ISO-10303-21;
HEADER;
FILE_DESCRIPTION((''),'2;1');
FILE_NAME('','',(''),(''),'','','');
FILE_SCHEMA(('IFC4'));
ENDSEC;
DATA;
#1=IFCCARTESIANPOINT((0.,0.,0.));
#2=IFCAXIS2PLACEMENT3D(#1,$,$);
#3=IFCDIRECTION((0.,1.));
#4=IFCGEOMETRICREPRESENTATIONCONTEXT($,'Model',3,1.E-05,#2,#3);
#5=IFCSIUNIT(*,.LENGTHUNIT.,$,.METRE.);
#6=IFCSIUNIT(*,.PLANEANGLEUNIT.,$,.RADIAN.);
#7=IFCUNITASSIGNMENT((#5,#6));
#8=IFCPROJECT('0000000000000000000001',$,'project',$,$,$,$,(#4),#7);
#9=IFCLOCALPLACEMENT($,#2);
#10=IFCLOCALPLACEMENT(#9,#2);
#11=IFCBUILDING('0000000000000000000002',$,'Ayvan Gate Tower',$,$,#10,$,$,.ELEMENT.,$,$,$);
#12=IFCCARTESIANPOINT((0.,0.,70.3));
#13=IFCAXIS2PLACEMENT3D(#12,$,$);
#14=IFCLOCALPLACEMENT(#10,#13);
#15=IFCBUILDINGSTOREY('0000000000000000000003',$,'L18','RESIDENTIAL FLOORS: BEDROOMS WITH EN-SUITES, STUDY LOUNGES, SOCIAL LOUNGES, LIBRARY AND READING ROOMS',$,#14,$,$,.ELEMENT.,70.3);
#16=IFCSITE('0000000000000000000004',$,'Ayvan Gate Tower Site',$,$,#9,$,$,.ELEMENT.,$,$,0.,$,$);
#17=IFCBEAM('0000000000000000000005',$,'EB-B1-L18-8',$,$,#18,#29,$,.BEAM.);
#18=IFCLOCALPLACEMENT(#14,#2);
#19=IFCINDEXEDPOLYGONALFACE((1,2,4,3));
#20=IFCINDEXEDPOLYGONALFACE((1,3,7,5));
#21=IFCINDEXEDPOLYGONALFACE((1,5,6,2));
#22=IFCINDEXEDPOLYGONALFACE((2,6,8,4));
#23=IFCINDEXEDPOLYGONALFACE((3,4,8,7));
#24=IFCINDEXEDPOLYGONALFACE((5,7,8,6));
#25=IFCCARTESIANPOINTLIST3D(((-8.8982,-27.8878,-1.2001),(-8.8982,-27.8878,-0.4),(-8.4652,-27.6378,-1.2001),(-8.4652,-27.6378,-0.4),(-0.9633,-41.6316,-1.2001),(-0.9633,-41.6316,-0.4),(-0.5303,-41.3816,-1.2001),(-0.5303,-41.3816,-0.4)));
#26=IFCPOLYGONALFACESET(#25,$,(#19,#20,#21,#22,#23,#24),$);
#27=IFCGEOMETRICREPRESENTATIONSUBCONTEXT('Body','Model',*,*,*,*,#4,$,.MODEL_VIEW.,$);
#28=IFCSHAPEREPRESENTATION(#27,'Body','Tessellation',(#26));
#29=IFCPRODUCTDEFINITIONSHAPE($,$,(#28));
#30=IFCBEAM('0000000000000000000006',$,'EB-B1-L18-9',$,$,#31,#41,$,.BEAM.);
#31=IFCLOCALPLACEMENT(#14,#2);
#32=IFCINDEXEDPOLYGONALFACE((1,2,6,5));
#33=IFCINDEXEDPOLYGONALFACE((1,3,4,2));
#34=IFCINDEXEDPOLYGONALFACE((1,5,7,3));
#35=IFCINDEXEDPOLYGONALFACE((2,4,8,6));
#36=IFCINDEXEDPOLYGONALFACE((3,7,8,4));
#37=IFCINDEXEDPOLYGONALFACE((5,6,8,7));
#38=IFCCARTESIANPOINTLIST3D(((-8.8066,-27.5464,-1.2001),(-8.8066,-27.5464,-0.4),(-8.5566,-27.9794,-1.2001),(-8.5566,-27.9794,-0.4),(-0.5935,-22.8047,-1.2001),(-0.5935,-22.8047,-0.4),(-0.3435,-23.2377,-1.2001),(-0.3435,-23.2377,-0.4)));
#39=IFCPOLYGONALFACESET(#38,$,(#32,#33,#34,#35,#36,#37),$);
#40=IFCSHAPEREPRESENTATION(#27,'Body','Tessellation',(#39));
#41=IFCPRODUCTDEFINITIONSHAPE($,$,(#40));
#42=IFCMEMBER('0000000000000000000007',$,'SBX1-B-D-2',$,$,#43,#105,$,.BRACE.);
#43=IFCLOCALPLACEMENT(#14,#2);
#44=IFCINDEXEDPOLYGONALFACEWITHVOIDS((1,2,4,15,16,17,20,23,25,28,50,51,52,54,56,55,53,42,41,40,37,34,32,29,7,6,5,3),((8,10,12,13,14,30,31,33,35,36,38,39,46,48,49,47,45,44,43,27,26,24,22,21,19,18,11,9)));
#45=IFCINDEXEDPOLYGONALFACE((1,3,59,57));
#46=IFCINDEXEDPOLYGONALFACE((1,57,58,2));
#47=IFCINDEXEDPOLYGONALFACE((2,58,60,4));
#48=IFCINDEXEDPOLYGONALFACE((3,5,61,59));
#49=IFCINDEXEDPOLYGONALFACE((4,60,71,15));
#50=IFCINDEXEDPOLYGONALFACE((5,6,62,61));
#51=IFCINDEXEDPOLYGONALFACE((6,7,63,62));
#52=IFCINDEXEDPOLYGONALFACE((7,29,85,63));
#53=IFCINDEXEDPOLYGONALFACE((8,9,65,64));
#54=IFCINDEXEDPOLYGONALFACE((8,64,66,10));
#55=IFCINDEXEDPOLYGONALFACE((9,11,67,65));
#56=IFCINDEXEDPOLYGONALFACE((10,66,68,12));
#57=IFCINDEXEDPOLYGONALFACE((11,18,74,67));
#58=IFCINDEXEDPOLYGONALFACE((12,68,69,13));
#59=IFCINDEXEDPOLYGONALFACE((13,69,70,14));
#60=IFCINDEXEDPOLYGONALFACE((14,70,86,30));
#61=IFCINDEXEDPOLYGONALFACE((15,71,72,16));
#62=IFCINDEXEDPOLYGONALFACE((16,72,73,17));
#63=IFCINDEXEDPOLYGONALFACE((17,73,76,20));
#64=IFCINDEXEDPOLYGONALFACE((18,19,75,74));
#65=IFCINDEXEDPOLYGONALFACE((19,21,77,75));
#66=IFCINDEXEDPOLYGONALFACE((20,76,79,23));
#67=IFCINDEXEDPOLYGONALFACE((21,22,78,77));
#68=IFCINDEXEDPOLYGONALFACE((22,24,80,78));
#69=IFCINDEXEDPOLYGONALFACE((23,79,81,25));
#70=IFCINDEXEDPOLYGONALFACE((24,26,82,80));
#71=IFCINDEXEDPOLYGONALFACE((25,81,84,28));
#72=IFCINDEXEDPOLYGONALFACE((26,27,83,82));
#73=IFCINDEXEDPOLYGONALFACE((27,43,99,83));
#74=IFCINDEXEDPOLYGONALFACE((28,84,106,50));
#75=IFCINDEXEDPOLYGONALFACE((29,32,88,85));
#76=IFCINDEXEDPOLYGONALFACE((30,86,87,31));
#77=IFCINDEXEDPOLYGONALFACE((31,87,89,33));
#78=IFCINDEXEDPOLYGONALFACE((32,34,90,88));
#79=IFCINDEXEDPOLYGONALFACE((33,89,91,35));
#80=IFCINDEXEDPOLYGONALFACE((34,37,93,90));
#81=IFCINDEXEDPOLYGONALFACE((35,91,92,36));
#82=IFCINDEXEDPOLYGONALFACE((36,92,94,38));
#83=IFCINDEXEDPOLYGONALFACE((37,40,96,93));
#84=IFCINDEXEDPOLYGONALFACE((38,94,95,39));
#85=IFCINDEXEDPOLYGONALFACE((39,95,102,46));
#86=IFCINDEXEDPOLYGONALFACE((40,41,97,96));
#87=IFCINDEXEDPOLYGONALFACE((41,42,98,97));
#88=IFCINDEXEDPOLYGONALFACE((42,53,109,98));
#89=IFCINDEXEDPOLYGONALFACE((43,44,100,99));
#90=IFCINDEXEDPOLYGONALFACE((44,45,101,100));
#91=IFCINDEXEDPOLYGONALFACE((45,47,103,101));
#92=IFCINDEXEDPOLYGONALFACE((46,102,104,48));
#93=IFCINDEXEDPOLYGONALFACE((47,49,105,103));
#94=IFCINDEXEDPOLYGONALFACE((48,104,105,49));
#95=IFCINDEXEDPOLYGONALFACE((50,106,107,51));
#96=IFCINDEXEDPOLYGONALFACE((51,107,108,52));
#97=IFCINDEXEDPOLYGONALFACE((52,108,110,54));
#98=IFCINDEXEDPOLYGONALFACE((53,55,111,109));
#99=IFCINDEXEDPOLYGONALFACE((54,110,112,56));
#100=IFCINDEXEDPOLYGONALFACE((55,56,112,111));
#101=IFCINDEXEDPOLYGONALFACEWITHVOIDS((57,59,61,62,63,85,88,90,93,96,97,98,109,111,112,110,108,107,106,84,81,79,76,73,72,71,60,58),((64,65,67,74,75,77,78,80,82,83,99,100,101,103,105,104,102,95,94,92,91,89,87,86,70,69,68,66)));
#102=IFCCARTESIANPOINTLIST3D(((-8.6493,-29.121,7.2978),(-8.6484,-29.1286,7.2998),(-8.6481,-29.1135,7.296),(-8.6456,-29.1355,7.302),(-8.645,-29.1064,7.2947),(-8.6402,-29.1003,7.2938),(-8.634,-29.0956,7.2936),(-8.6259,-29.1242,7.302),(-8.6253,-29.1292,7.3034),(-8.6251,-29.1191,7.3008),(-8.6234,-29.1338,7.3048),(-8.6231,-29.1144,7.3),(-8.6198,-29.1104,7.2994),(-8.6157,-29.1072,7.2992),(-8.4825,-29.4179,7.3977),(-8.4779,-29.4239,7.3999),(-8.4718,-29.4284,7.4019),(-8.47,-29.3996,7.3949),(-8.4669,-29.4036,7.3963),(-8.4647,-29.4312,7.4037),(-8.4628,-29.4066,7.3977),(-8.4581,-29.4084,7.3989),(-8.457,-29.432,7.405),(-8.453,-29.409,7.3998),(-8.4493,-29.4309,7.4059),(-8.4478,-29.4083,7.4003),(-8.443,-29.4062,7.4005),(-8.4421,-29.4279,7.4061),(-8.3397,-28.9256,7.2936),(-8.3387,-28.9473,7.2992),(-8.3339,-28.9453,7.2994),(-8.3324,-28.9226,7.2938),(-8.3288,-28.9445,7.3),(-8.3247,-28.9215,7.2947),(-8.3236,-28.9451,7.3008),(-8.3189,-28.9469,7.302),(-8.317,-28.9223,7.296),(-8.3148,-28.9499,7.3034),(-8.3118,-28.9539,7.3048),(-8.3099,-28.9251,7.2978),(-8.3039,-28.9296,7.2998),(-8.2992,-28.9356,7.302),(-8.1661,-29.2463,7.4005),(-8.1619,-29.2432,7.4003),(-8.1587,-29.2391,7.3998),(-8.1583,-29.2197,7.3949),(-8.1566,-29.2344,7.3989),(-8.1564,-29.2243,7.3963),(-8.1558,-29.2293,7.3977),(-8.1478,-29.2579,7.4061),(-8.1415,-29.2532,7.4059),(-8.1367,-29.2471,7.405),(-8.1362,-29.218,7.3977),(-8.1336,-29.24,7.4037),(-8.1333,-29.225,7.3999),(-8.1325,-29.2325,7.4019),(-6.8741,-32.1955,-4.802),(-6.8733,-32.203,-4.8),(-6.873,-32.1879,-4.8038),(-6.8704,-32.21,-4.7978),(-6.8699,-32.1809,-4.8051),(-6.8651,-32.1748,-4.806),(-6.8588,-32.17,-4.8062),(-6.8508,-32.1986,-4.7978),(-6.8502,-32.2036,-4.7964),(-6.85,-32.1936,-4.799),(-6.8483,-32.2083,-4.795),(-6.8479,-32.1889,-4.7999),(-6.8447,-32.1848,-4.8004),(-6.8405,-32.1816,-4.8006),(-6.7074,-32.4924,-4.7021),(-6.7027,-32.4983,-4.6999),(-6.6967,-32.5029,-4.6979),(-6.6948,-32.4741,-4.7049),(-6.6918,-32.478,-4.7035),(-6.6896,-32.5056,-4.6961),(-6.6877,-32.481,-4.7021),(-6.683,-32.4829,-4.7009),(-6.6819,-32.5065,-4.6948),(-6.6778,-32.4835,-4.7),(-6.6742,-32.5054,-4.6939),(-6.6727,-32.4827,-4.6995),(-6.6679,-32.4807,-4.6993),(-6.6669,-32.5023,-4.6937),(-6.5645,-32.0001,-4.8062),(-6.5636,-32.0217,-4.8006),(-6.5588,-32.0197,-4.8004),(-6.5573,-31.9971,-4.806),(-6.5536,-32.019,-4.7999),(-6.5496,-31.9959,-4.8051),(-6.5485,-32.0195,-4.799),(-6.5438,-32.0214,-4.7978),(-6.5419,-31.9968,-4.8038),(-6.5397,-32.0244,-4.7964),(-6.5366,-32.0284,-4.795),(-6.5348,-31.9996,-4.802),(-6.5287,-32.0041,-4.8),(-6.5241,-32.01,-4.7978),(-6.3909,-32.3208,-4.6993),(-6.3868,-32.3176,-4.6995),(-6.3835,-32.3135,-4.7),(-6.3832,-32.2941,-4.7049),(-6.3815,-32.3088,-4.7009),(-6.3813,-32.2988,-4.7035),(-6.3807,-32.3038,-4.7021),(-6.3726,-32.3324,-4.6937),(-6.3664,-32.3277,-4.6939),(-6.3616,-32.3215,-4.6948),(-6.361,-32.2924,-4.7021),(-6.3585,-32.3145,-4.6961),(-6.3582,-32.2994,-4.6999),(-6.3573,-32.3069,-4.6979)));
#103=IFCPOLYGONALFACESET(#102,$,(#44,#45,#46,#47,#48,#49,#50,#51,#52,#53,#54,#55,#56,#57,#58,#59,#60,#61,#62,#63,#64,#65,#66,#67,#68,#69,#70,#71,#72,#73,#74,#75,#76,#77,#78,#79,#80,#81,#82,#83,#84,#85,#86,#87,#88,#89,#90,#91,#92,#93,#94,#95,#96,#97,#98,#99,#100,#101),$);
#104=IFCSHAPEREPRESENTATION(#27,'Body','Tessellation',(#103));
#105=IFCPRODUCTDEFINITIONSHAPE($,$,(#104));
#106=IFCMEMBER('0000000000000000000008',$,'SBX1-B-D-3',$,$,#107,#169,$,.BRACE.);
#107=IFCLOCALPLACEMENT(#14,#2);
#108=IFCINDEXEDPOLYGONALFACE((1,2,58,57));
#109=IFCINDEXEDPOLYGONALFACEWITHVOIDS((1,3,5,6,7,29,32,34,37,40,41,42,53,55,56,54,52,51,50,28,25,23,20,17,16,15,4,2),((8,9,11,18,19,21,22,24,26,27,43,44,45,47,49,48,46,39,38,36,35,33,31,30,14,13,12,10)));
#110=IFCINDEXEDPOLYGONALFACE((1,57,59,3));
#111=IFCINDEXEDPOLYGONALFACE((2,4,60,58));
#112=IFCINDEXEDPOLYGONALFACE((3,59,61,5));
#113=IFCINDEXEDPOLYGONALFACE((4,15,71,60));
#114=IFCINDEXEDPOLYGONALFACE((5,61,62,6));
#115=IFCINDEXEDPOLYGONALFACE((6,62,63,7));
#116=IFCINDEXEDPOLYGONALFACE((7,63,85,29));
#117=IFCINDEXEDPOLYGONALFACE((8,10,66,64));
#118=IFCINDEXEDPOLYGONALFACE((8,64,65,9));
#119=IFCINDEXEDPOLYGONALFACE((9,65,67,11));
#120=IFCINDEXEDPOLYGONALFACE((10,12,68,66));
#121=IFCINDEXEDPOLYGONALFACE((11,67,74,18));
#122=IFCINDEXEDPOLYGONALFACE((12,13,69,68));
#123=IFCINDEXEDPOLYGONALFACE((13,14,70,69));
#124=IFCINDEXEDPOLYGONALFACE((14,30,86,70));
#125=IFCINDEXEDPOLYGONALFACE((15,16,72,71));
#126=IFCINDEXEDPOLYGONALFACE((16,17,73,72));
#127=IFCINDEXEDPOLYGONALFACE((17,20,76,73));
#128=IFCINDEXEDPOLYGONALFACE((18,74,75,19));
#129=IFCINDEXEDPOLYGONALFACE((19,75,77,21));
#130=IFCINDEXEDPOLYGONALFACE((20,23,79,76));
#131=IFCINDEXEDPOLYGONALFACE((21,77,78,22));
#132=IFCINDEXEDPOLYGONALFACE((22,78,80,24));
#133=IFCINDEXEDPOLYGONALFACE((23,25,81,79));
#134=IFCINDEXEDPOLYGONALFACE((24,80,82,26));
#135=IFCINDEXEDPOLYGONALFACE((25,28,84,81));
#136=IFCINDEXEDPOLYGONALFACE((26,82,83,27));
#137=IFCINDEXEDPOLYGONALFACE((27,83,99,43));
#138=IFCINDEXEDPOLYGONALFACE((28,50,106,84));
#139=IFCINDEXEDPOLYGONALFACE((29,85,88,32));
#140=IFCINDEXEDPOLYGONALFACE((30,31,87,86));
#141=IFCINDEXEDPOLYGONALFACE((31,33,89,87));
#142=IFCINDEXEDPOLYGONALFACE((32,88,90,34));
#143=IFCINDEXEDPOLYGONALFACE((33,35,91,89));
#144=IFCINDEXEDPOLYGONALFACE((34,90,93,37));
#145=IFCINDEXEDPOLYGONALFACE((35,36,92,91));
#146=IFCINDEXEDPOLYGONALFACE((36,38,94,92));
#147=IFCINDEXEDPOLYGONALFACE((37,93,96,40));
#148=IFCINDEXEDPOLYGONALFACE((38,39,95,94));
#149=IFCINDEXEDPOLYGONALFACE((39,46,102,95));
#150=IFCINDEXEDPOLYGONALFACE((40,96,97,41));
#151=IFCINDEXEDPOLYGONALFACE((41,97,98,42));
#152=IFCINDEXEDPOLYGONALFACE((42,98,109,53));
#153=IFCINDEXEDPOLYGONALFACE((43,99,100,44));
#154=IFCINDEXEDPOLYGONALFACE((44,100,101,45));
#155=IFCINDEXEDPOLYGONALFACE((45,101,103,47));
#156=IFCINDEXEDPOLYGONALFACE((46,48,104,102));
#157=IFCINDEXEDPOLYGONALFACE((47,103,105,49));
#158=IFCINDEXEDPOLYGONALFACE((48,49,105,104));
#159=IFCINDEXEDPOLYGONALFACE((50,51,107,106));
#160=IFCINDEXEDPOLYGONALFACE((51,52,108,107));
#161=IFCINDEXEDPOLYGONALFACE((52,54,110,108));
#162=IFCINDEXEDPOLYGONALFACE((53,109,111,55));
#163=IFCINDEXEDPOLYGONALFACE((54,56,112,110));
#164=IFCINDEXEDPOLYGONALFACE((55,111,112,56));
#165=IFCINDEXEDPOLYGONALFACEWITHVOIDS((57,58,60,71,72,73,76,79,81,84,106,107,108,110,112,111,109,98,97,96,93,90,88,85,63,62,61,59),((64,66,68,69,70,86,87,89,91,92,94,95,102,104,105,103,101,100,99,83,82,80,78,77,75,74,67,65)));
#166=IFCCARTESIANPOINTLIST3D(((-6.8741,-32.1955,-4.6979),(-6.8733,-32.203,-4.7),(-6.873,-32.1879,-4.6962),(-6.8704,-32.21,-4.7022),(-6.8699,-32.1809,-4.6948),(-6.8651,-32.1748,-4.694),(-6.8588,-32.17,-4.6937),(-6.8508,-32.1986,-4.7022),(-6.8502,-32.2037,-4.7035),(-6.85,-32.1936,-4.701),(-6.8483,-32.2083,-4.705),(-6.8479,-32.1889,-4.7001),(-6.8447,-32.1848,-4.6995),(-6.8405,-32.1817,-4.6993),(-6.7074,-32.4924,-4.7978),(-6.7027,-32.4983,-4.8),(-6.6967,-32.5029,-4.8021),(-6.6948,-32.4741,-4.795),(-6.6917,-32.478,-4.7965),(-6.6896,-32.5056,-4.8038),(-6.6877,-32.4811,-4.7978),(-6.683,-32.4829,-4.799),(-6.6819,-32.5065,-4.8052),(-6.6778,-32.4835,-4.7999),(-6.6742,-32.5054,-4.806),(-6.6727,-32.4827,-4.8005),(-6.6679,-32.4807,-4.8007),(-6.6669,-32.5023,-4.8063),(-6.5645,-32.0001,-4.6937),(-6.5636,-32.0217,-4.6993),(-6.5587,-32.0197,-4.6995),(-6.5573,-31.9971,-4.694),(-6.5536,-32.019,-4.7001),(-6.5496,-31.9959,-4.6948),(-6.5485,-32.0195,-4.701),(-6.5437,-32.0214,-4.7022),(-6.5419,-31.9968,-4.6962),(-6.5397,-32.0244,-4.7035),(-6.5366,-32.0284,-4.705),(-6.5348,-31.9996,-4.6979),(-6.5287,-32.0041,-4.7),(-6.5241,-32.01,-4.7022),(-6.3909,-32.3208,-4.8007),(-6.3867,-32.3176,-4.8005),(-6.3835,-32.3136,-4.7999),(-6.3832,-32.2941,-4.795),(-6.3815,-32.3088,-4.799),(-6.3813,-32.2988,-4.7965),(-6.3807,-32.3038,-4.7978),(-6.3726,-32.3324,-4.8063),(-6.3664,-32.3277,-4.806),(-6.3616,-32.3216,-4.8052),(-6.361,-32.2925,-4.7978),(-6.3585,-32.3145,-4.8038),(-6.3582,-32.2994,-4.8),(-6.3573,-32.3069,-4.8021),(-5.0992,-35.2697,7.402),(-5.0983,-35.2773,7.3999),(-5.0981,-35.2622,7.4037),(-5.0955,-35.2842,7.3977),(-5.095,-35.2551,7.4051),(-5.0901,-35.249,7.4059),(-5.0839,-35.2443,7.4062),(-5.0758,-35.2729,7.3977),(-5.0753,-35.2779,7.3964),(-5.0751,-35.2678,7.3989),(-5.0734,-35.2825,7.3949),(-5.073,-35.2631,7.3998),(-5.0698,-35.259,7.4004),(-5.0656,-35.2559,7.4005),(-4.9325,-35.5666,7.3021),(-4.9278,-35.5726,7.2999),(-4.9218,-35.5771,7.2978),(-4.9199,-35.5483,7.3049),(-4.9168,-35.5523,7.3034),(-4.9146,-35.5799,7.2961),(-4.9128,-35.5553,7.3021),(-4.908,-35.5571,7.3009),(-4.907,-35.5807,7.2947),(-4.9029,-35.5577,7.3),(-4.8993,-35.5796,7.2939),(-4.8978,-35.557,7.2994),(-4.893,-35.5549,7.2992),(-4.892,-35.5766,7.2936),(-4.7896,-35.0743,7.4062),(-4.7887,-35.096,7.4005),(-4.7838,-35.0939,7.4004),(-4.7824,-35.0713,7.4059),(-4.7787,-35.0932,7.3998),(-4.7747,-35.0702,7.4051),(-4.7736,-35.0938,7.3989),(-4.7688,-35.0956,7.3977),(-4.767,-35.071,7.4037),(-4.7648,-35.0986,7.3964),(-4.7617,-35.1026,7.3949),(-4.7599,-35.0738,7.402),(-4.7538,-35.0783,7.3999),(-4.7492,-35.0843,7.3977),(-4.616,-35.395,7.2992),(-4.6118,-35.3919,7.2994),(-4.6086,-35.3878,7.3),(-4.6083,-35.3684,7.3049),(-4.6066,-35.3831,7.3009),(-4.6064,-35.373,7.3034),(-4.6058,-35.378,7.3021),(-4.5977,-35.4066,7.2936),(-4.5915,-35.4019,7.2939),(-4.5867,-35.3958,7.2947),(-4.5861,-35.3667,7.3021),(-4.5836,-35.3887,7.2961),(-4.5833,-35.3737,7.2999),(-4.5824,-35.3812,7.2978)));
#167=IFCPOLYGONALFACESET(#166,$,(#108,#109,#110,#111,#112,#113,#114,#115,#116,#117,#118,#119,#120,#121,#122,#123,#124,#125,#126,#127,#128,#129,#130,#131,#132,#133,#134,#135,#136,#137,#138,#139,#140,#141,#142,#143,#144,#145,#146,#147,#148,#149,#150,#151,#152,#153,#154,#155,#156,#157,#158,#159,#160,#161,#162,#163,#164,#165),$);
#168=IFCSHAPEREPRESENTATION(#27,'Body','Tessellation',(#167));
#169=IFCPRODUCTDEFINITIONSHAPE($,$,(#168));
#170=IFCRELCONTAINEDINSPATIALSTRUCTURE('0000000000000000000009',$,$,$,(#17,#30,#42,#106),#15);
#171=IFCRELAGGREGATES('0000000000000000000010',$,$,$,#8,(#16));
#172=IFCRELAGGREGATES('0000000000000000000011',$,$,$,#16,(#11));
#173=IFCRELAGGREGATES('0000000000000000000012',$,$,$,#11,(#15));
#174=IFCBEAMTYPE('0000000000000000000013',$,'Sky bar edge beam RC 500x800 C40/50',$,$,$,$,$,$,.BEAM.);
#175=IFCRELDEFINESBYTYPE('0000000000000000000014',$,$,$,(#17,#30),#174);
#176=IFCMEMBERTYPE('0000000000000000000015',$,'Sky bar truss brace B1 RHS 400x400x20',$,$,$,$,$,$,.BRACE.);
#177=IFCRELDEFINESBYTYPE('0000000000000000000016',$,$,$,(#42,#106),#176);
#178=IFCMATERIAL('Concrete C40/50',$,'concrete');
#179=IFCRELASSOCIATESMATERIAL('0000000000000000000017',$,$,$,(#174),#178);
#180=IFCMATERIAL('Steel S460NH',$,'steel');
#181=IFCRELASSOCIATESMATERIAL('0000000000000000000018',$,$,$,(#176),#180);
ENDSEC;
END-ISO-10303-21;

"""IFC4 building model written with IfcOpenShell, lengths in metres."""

from ifc_helpers import new_model, si_unit, direction, frame, origin, origin_2d, place, context, subcontext, project, spatial, rectangle, hollow_rectangle, extrude, material, material_profile, profile_set, type_object, element, save


model = new_model("IFC4")

# Units and contexts
model_context = context("Model", 3, precision=1e-05, world=origin(), true_north=direction((0.0, 1.0)))
body_context = subcontext(model_context, "Body", "Model", "MODEL_VIEW")
ifc_project = project(units=[si_unit("LENGTHUNIT", "METRE"), si_unit("PLANEANGLEUNIT", "RADIAN")], contexts=[model_context])

# Site, building, storey
site_placement = place(None, origin())
site = spatial("IfcSite", under=ifc_project, at=site_placement, Name="Ayvan Gate Tower Site", CompositionType="ELEMENT", RefElevation=0.0)
building_placement = place(site_placement, origin())
building = spatial("IfcBuilding", under=site, at=building_placement, Name="Ayvan Gate Tower", CompositionType="ELEMENT")
storey_placement = place(building_placement, frame((0.0, 0.0, 70.3)))
storey = spatial("IfcBuildingStorey", under=building, at=storey_placement, Name="L18", Description="RESIDENTIAL FLOORS: BEDROOMS WITH EN-SUITES, STUDY LOUNGES, SOCIAL LOUNGES, LIBRARY AND READING ROOMS", CompositionType="ELEMENT", Elevation=70.3)

# Beams
ifc_material_1 = material(Name="Concrete C40/50", Category="concrete")
ifc_material_profile_1 = material_profile(ifc_material_1, rectangle(XDim=0.5, YDim=0.8, at=origin_2d()), Name="RC 500x800")
ifc_profile_set_1 = profile_set([ifc_material_profile_1], Name="Concrete C40/50")
beam_type = type_object("IfcBeamType", Name="Sky bar edge beam RC 500x800 C40/50", PredefinedType="BEAM", material=ifc_profile_set_1)
beam_1_placement = place(storey_placement, frame((-0.7468, -41.5066, -0.8), z_axis=(-0.499996, 0.866028, 0.0), x_axis=(-0.866028, -0.499996, 0.0)))
element("IfcBeam", 1, at=beam_1_placement, inside=storey, type_object=beam_type, Name="EB-B1-L18-8", PredefinedType="BEAM", context=body_context, shape_type="SweptSolid", body=[
    extrude(rectangle(XDim=0.5, YDim=0.8, at=origin_2d()), origin(), (0.0, 0.0, 1.0), 15.8699),
])
beam_2_placement = place(storey_placement, frame((-8.6816, -27.7629, -0.8), z_axis=(0.866033, 0.499988, 0.0), x_axis=(-0.499988, 0.866033, 0.0)))
element("IfcBeam", 2, at=beam_2_placement, inside=storey, type_object=beam_type, Name="EB-B1-L18-9", PredefinedType="BEAM", context=body_context, shape_type="SweptSolid", body=[
    extrude(rectangle(XDim=0.5, YDim=0.8, at=origin_2d()), origin(), (0.0, 0.0, 1.0), 9.4836),
])

# Members
ifc_material_2 = material(Name="Steel S460NH", Category="steel")
ifc_material_profile_2 = material_profile(ifc_material_2, hollow_rectangle(XDim=0.3999, YDim=0.3999, WallThickness=0.02, InnerFilletRadius=0.02, OuterFilletRadius=0.03, at=origin_2d()), Name="RHS 400x400x20")
ifc_profile_set_2 = profile_set([ifc_material_profile_2], Name="Steel S460NH")
member_type_1 = type_object("IfcMemberType", Name="Sky bar truss brace B1 RHS 400x400x20", PredefinedType="BRACE", material=ifc_profile_set_2)
for number, where, z_axis, x_axis, name in (
    (3, (-8.3909, -29.1768, 7.3499), (0.140774, -0.243813, -0.959551), (0.866013, 0.500022, 0.0), "SBX1-B-D-2"),
    (4, (-6.6157, -32.2512, -4.75), (0.140756, -0.243796, 0.959558), (0.866025, 0.5, 0.0), "SBX1-B-D-3"),
):
    element("IfcMember", number, at=place(storey_placement, frame(where, z_axis=z_axis, x_axis=x_axis)), inside=storey, type_object=member_type_1, Name=name, PredefinedType="BRACE", context=body_context, shape_type="SweptSolid", body=[
        extrude(hollow_rectangle(XDim=0.3999, YDim=0.3999, WallThickness=0.02, InnerFilletRadius=0.02, OuterFilletRadius=0.03, at=origin_2d()), origin(), (0.0, 0.0, 1.0), 12.6099),
    ])

save(model, "model.ifc")
